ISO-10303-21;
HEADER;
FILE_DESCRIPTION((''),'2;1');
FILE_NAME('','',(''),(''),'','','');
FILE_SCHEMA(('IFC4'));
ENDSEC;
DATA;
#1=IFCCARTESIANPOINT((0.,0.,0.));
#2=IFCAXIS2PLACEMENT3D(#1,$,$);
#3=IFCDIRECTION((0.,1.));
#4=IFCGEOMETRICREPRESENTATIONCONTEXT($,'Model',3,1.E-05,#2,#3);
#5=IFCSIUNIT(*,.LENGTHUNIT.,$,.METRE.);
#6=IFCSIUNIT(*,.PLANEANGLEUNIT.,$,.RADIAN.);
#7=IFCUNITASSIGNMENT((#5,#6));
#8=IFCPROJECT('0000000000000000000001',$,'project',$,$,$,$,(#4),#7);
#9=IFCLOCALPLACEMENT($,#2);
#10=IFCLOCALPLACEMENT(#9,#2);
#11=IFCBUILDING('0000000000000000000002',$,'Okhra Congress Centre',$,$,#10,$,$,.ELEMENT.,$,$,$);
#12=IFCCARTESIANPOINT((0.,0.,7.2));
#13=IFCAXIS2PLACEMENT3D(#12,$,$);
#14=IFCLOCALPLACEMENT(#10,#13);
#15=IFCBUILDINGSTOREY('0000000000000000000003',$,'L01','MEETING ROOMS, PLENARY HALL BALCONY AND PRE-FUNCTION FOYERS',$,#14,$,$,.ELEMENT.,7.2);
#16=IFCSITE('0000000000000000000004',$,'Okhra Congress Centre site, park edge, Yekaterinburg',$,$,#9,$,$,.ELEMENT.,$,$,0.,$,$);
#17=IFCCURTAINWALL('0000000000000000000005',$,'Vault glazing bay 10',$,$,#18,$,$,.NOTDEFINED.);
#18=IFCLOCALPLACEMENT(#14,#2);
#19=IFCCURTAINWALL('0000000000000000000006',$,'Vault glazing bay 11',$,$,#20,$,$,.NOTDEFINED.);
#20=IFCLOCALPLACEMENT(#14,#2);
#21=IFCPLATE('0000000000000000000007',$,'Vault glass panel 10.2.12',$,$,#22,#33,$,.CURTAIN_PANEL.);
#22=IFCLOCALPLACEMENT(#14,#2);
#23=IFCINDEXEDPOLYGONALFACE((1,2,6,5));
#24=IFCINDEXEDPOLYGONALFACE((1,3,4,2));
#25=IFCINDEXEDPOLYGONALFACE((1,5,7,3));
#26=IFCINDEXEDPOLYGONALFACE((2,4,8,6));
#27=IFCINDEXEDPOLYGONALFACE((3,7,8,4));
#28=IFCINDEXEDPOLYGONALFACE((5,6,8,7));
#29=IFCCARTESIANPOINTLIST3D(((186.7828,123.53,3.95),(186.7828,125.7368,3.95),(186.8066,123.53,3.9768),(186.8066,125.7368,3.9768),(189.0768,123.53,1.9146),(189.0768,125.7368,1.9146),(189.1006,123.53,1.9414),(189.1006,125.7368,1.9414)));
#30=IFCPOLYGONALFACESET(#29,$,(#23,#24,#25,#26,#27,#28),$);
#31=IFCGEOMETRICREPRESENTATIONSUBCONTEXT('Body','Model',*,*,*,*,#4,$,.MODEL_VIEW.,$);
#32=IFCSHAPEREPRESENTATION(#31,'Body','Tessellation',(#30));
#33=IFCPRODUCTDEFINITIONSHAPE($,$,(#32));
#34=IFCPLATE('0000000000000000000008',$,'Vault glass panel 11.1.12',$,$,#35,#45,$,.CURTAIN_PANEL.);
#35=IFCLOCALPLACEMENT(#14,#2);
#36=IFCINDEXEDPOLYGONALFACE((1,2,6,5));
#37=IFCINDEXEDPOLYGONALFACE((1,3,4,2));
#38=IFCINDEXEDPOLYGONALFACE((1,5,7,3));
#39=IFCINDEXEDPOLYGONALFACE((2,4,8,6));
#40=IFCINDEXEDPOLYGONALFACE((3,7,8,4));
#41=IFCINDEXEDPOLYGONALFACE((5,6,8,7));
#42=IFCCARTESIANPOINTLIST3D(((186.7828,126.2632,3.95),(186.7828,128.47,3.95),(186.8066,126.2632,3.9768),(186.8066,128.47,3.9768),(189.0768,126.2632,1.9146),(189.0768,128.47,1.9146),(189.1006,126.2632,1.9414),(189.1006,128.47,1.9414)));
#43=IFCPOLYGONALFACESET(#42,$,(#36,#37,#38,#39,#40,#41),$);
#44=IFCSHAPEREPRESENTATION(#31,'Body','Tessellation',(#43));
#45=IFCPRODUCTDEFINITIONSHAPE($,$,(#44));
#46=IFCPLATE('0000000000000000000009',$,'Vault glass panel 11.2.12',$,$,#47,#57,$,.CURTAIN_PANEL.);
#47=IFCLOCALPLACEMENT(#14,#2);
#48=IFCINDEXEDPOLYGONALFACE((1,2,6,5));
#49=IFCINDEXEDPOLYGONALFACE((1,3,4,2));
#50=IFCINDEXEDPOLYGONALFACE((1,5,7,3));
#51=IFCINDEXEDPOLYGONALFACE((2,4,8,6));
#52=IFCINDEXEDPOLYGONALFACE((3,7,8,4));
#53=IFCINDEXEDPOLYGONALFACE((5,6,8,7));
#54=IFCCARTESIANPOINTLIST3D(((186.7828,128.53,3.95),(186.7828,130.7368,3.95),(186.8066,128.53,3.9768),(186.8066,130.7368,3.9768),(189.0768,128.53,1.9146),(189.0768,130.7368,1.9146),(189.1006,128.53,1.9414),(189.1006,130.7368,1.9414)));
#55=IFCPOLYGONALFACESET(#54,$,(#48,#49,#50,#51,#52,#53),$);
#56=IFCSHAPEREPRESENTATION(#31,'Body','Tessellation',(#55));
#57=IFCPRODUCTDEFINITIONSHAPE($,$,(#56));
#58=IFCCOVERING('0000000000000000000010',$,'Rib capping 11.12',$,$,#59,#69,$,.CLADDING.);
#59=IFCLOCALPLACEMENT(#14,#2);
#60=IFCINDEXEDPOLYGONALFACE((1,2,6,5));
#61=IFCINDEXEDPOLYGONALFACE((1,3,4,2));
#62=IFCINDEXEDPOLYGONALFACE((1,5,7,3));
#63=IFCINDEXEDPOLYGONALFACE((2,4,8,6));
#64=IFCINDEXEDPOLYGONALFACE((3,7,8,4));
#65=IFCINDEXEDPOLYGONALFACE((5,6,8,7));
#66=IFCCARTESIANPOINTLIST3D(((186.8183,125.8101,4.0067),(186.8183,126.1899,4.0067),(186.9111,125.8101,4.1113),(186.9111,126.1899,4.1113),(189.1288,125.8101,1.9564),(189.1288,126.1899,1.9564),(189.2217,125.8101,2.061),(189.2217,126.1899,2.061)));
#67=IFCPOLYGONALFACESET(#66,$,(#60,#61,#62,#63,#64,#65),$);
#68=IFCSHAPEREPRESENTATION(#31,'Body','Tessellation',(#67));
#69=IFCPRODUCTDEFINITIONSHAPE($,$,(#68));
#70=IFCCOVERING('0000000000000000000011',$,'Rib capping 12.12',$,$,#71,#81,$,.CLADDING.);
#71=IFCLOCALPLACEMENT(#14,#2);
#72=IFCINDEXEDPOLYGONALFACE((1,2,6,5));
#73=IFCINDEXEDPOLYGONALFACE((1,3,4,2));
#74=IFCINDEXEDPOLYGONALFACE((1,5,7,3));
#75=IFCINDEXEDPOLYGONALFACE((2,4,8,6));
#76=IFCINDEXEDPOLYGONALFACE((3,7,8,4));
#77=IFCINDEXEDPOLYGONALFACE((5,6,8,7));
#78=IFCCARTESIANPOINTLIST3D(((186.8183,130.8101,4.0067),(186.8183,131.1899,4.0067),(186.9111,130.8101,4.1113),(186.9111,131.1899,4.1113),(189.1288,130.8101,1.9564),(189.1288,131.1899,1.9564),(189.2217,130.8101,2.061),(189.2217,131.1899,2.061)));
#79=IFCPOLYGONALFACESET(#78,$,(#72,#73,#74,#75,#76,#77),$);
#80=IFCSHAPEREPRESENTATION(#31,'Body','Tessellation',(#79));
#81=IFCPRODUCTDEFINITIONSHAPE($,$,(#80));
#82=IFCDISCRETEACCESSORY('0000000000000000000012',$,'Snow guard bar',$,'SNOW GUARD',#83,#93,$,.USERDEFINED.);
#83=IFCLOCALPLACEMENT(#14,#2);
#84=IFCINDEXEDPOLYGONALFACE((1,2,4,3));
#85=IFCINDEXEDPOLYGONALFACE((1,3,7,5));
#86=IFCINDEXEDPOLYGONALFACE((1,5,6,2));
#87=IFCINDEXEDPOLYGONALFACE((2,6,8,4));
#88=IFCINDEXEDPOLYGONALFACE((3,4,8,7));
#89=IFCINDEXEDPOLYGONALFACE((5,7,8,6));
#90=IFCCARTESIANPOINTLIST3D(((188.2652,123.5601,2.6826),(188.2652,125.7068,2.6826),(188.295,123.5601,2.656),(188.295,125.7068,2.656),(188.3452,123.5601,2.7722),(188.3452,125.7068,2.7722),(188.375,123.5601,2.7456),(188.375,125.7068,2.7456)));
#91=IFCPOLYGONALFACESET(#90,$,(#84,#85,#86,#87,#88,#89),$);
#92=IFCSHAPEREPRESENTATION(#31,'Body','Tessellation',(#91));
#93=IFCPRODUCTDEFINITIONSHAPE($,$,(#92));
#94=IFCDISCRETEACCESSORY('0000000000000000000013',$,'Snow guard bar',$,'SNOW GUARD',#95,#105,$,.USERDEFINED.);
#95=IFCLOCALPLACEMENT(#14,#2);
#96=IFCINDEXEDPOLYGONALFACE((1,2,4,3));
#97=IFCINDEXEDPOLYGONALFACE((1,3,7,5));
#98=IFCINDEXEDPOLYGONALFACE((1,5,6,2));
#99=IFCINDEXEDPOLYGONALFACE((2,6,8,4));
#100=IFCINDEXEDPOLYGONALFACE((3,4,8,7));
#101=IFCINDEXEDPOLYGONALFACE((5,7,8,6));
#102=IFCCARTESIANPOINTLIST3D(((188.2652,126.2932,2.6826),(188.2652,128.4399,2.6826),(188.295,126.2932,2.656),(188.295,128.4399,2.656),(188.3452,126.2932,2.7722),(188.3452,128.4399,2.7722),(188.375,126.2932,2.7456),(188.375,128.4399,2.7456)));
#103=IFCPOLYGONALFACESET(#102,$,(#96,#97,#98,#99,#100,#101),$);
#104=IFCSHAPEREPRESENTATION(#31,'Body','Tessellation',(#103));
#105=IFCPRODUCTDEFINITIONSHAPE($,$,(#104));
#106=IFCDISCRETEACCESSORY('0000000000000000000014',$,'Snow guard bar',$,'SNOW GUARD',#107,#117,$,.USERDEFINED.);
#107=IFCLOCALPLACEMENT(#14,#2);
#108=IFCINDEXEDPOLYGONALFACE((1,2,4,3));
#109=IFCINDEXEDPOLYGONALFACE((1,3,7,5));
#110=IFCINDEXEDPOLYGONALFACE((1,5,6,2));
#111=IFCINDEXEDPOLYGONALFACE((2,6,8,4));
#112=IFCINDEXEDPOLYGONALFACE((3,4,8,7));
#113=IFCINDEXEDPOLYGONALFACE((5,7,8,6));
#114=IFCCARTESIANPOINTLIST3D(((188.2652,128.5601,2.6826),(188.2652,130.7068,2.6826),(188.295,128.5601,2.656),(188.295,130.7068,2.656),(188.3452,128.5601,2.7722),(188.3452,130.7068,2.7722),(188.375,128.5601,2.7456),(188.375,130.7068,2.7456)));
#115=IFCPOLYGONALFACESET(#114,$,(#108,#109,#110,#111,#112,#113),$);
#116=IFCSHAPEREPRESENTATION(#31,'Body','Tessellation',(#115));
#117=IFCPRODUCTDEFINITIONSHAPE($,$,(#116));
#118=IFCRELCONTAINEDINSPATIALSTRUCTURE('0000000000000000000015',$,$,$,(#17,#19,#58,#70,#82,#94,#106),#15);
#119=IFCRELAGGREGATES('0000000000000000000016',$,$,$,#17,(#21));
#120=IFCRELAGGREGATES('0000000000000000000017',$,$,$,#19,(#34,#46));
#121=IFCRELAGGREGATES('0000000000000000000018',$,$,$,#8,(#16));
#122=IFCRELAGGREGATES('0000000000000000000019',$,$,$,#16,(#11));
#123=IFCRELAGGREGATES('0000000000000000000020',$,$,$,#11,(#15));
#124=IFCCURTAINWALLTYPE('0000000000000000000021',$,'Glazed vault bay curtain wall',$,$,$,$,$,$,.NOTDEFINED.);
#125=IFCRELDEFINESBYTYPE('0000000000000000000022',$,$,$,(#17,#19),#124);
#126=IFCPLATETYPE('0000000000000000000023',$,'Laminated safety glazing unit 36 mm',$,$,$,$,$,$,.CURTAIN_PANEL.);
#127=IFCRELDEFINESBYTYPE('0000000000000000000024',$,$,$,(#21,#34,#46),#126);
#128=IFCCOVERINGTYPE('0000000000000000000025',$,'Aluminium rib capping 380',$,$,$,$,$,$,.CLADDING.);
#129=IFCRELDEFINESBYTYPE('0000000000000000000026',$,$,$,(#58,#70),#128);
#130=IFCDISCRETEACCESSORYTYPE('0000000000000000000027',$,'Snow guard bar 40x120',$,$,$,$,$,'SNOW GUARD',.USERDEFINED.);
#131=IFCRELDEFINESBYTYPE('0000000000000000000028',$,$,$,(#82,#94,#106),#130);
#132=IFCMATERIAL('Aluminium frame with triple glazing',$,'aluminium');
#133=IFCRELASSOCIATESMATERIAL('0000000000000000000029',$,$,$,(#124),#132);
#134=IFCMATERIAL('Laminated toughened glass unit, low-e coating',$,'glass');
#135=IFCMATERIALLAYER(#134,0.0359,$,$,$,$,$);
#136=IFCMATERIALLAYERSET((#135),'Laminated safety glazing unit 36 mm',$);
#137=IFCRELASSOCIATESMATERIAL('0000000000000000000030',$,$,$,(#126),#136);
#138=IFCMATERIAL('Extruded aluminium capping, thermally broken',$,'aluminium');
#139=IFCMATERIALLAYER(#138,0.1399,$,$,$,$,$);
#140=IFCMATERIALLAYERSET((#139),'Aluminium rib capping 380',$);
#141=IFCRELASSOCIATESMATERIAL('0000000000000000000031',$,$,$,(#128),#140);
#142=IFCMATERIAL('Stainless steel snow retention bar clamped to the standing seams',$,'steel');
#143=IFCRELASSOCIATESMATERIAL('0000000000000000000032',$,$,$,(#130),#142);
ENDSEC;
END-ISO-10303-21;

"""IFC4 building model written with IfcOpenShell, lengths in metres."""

from ifc_helpers import new_model, si_unit, direction, frame, origin, place, context, subcontext, project, spatial, polyline, outline, extrude, material, layer, layer_set, type_object, element, aggregate, save


model = new_model("IFC4")

# Units and contexts
model_context = context("Model", 3, precision=1e-05, world=origin(), true_north=direction((0.0, 1.0)))
body_context = subcontext(model_context, "Body", "Model", "MODEL_VIEW")
ifc_project = project(units=[si_unit("LENGTHUNIT", "METRE"), si_unit("PLANEANGLEUNIT", "RADIAN")], contexts=[model_context])

# Site, building, storey
site_placement = place(None, origin())
site = spatial("IfcSite", under=ifc_project, at=site_placement, Name="Okhra Congress Centre site, park edge, Yekaterinburg", CompositionType="ELEMENT", RefElevation=0.0)
building_placement = place(site_placement, origin())
building = spatial("IfcBuilding", under=site, at=building_placement, Name="Okhra Congress Centre", CompositionType="ELEMENT")
storey_placement = place(building_placement, frame((0.0, 0.0, 7.2)))
storey = spatial("IfcBuildingStorey", under=building, at=storey_placement, Name="L01", Description="MEETING ROOMS, PLENARY HALL BALCONY AND PRE-FUNCTION FOYERS", CompositionType="ELEMENT", Elevation=7.2)

# Curtain walls
ifc_material_1 = material(Name="Aluminium frame with triple glazing", Category="aluminium")
curtain_wall_type = type_object("IfcCurtainWallType", Name="Glazed vault bay curtain wall", PredefinedType="NOTDEFINED", material=ifc_material_1)
curtain_wall_1_placement = place(storey_placement, origin())
curtain_wall_1 = element("IfcCurtainWall", 1, at=curtain_wall_1_placement, inside=storey, type_object=curtain_wall_type, Name="Vault glazing bay 10", PredefinedType="NOTDEFINED")
curtain_wall_2_placement = place(storey_placement, origin())
curtain_wall_2 = element("IfcCurtainWall", 2, at=curtain_wall_2_placement, inside=storey, type_object=curtain_wall_type, Name="Vault glazing bay 11", PredefinedType="NOTDEFINED")

# Plates
ifc_material_2 = material(Name="Laminated toughened glass unit, low-e coating", Category="glass")
ifc_layer_1 = layer(ifc_material_2, 0.0359)
ifc_layer_set_1 = layer_set([ifc_layer_1], Name="Laminated safety glazing unit 36 mm")
plate_type = type_object("IfcPlateType", Name="Laminated safety glazing unit 36 mm", PredefinedType="CURTAIN_PANEL", material=ifc_layer_set_1)
plate_1_placement = place(storey_placement, frame((186.8066, 123.53, 3.9768), z_axis=(0.663697, 0.0, 0.748002), x_axis=(0.748002, 0.0, -0.663697)))
plate_1 = element("IfcPlate", 3, at=plate_1_placement, type_object=plate_type, Name="Vault glass panel 10.2.12", PredefinedType="CURTAIN_PANEL", context=body_context, shape_type="SweptSolid", body=[
    extrude(outline(polyline([(0.0, 0.0), (3.0668, 0.0), (3.0668, 2.2068), (0.0, 2.2068), (0.0, 0.0)])), origin(), (0.0, 0.0, -1.0), 0.0359),
])
aggregate(curtain_wall_1, [plate_1])
plate_2_placement = place(storey_placement, frame((186.8066, 126.2632, 3.9768), z_axis=(0.663697, 0.0, 0.748002), x_axis=(0.748002, 0.0, -0.663697)))
plate_2 = element("IfcPlate", 4, at=plate_2_placement, type_object=plate_type, Name="Vault glass panel 11.1.12", PredefinedType="CURTAIN_PANEL", context=body_context, shape_type="SweptSolid", body=[
    extrude(outline(polyline([(0.0, 0.0), (3.0668, 0.0), (3.0668, 2.2068), (0.0, 2.2068), (0.0, 0.0)])), origin(), (0.0, 0.0, -1.0), 0.0359),
])
plate_3_placement = place(storey_placement, frame((186.8066, 128.53, 3.9768), z_axis=(0.663697, 0.0, 0.748002), x_axis=(0.748002, 0.0, -0.663697)))
plate_3 = element("IfcPlate", 5, at=plate_3_placement, type_object=plate_type, Name="Vault glass panel 11.2.12", PredefinedType="CURTAIN_PANEL", context=body_context, shape_type="SweptSolid", body=[
    extrude(outline(polyline([(0.0, 0.0), (3.0668, 0.0), (3.0668, 2.2068), (0.0, 2.2068), (0.0, 0.0)])), origin(), (0.0, 0.0, -1.0), 0.0359),
])
aggregate(curtain_wall_2, [plate_2, plate_3])

# Coverings
ifc_material_3 = material(Name="Extruded aluminium capping, thermally broken", Category="aluminium")
ifc_layer_2 = layer(ifc_material_3, 0.1399)
ifc_layer_set_2 = layer_set([ifc_layer_2], Name="Aluminium rib capping 380")
covering_type = type_object("IfcCoveringType", Name="Aluminium rib capping 380", PredefinedType="CLADDING", material=ifc_layer_set_2)
for number, where, z_axis, x_axis, name in (
    (6, (186.9111, 125.8101, 4.1113), (0.663726, 0.0, 0.747976), (0.747976, 0.0, -0.663726), "Rib capping 11.12"),
    (7, (186.9111, 130.8101, 4.1113), (0.663726, 0.0, 0.747976), (0.747976, 0.0, -0.663726), "Rib capping 12.12"),
):
    element("IfcCovering", number, at=place(storey_placement, frame(where, z_axis=z_axis, x_axis=x_axis)), inside=storey, type_object=covering_type, Name=name, PredefinedType="CLADDING", context=body_context, shape_type="SweptSolid", body=[
        extrude(outline(polyline([(0.0, 0.0), (3.0891, 0.0), (3.0891, 0.3799), (0.0, 0.3799), (0.0, 0.0)])), origin(), (0.0, 0.0, -1.0), 0.1399),
    ])

# Discrete accessories
ifc_material_4 = material(Name="Stainless steel snow retention bar clamped to the standing seams", Category="steel")
discrete_accessory_type = type_object("IfcDiscreteAccessoryType", Name="Snow guard bar 40x120", ElementType="SNOW GUARD", PredefinedType="USERDEFINED", material=ifc_material_4)
for number, where, z_axis, x_axis, name in (
    (8, (188.3452, 123.5601, 2.7722), (0.666259, 0.0, 0.745721), (0.745721, 0.0, -0.666259), "Snow guard bar"),
    (9, (188.3452, 126.2932, 2.7722), (0.666259, 0.0, 0.745721), (0.745721, 0.0, -0.666259), "Snow guard bar"),
    (10, (188.3452, 128.5601, 2.7722), (0.666259, 0.0, 0.745721), (0.745721, 0.0, -0.666259), "Snow guard bar"),
):
    element("IfcDiscreteAccessory", number, at=place(storey_placement, frame(where, z_axis=z_axis, x_axis=x_axis)), inside=storey, type_object=discrete_accessory_type, Name=name, ObjectType="SNOW GUARD", PredefinedType="USERDEFINED", context=body_context, shape_type="SweptSolid", body=[
        extrude(outline(polyline([(0.0, 0.0), (0.0399, 0.0), (0.0399, 2.1467), (0.0, 2.1467), (0.0, 0.0)])), origin(), (0.0, 0.0, -1.0), 0.1201),
    ])

save(model, "model.ifc")
